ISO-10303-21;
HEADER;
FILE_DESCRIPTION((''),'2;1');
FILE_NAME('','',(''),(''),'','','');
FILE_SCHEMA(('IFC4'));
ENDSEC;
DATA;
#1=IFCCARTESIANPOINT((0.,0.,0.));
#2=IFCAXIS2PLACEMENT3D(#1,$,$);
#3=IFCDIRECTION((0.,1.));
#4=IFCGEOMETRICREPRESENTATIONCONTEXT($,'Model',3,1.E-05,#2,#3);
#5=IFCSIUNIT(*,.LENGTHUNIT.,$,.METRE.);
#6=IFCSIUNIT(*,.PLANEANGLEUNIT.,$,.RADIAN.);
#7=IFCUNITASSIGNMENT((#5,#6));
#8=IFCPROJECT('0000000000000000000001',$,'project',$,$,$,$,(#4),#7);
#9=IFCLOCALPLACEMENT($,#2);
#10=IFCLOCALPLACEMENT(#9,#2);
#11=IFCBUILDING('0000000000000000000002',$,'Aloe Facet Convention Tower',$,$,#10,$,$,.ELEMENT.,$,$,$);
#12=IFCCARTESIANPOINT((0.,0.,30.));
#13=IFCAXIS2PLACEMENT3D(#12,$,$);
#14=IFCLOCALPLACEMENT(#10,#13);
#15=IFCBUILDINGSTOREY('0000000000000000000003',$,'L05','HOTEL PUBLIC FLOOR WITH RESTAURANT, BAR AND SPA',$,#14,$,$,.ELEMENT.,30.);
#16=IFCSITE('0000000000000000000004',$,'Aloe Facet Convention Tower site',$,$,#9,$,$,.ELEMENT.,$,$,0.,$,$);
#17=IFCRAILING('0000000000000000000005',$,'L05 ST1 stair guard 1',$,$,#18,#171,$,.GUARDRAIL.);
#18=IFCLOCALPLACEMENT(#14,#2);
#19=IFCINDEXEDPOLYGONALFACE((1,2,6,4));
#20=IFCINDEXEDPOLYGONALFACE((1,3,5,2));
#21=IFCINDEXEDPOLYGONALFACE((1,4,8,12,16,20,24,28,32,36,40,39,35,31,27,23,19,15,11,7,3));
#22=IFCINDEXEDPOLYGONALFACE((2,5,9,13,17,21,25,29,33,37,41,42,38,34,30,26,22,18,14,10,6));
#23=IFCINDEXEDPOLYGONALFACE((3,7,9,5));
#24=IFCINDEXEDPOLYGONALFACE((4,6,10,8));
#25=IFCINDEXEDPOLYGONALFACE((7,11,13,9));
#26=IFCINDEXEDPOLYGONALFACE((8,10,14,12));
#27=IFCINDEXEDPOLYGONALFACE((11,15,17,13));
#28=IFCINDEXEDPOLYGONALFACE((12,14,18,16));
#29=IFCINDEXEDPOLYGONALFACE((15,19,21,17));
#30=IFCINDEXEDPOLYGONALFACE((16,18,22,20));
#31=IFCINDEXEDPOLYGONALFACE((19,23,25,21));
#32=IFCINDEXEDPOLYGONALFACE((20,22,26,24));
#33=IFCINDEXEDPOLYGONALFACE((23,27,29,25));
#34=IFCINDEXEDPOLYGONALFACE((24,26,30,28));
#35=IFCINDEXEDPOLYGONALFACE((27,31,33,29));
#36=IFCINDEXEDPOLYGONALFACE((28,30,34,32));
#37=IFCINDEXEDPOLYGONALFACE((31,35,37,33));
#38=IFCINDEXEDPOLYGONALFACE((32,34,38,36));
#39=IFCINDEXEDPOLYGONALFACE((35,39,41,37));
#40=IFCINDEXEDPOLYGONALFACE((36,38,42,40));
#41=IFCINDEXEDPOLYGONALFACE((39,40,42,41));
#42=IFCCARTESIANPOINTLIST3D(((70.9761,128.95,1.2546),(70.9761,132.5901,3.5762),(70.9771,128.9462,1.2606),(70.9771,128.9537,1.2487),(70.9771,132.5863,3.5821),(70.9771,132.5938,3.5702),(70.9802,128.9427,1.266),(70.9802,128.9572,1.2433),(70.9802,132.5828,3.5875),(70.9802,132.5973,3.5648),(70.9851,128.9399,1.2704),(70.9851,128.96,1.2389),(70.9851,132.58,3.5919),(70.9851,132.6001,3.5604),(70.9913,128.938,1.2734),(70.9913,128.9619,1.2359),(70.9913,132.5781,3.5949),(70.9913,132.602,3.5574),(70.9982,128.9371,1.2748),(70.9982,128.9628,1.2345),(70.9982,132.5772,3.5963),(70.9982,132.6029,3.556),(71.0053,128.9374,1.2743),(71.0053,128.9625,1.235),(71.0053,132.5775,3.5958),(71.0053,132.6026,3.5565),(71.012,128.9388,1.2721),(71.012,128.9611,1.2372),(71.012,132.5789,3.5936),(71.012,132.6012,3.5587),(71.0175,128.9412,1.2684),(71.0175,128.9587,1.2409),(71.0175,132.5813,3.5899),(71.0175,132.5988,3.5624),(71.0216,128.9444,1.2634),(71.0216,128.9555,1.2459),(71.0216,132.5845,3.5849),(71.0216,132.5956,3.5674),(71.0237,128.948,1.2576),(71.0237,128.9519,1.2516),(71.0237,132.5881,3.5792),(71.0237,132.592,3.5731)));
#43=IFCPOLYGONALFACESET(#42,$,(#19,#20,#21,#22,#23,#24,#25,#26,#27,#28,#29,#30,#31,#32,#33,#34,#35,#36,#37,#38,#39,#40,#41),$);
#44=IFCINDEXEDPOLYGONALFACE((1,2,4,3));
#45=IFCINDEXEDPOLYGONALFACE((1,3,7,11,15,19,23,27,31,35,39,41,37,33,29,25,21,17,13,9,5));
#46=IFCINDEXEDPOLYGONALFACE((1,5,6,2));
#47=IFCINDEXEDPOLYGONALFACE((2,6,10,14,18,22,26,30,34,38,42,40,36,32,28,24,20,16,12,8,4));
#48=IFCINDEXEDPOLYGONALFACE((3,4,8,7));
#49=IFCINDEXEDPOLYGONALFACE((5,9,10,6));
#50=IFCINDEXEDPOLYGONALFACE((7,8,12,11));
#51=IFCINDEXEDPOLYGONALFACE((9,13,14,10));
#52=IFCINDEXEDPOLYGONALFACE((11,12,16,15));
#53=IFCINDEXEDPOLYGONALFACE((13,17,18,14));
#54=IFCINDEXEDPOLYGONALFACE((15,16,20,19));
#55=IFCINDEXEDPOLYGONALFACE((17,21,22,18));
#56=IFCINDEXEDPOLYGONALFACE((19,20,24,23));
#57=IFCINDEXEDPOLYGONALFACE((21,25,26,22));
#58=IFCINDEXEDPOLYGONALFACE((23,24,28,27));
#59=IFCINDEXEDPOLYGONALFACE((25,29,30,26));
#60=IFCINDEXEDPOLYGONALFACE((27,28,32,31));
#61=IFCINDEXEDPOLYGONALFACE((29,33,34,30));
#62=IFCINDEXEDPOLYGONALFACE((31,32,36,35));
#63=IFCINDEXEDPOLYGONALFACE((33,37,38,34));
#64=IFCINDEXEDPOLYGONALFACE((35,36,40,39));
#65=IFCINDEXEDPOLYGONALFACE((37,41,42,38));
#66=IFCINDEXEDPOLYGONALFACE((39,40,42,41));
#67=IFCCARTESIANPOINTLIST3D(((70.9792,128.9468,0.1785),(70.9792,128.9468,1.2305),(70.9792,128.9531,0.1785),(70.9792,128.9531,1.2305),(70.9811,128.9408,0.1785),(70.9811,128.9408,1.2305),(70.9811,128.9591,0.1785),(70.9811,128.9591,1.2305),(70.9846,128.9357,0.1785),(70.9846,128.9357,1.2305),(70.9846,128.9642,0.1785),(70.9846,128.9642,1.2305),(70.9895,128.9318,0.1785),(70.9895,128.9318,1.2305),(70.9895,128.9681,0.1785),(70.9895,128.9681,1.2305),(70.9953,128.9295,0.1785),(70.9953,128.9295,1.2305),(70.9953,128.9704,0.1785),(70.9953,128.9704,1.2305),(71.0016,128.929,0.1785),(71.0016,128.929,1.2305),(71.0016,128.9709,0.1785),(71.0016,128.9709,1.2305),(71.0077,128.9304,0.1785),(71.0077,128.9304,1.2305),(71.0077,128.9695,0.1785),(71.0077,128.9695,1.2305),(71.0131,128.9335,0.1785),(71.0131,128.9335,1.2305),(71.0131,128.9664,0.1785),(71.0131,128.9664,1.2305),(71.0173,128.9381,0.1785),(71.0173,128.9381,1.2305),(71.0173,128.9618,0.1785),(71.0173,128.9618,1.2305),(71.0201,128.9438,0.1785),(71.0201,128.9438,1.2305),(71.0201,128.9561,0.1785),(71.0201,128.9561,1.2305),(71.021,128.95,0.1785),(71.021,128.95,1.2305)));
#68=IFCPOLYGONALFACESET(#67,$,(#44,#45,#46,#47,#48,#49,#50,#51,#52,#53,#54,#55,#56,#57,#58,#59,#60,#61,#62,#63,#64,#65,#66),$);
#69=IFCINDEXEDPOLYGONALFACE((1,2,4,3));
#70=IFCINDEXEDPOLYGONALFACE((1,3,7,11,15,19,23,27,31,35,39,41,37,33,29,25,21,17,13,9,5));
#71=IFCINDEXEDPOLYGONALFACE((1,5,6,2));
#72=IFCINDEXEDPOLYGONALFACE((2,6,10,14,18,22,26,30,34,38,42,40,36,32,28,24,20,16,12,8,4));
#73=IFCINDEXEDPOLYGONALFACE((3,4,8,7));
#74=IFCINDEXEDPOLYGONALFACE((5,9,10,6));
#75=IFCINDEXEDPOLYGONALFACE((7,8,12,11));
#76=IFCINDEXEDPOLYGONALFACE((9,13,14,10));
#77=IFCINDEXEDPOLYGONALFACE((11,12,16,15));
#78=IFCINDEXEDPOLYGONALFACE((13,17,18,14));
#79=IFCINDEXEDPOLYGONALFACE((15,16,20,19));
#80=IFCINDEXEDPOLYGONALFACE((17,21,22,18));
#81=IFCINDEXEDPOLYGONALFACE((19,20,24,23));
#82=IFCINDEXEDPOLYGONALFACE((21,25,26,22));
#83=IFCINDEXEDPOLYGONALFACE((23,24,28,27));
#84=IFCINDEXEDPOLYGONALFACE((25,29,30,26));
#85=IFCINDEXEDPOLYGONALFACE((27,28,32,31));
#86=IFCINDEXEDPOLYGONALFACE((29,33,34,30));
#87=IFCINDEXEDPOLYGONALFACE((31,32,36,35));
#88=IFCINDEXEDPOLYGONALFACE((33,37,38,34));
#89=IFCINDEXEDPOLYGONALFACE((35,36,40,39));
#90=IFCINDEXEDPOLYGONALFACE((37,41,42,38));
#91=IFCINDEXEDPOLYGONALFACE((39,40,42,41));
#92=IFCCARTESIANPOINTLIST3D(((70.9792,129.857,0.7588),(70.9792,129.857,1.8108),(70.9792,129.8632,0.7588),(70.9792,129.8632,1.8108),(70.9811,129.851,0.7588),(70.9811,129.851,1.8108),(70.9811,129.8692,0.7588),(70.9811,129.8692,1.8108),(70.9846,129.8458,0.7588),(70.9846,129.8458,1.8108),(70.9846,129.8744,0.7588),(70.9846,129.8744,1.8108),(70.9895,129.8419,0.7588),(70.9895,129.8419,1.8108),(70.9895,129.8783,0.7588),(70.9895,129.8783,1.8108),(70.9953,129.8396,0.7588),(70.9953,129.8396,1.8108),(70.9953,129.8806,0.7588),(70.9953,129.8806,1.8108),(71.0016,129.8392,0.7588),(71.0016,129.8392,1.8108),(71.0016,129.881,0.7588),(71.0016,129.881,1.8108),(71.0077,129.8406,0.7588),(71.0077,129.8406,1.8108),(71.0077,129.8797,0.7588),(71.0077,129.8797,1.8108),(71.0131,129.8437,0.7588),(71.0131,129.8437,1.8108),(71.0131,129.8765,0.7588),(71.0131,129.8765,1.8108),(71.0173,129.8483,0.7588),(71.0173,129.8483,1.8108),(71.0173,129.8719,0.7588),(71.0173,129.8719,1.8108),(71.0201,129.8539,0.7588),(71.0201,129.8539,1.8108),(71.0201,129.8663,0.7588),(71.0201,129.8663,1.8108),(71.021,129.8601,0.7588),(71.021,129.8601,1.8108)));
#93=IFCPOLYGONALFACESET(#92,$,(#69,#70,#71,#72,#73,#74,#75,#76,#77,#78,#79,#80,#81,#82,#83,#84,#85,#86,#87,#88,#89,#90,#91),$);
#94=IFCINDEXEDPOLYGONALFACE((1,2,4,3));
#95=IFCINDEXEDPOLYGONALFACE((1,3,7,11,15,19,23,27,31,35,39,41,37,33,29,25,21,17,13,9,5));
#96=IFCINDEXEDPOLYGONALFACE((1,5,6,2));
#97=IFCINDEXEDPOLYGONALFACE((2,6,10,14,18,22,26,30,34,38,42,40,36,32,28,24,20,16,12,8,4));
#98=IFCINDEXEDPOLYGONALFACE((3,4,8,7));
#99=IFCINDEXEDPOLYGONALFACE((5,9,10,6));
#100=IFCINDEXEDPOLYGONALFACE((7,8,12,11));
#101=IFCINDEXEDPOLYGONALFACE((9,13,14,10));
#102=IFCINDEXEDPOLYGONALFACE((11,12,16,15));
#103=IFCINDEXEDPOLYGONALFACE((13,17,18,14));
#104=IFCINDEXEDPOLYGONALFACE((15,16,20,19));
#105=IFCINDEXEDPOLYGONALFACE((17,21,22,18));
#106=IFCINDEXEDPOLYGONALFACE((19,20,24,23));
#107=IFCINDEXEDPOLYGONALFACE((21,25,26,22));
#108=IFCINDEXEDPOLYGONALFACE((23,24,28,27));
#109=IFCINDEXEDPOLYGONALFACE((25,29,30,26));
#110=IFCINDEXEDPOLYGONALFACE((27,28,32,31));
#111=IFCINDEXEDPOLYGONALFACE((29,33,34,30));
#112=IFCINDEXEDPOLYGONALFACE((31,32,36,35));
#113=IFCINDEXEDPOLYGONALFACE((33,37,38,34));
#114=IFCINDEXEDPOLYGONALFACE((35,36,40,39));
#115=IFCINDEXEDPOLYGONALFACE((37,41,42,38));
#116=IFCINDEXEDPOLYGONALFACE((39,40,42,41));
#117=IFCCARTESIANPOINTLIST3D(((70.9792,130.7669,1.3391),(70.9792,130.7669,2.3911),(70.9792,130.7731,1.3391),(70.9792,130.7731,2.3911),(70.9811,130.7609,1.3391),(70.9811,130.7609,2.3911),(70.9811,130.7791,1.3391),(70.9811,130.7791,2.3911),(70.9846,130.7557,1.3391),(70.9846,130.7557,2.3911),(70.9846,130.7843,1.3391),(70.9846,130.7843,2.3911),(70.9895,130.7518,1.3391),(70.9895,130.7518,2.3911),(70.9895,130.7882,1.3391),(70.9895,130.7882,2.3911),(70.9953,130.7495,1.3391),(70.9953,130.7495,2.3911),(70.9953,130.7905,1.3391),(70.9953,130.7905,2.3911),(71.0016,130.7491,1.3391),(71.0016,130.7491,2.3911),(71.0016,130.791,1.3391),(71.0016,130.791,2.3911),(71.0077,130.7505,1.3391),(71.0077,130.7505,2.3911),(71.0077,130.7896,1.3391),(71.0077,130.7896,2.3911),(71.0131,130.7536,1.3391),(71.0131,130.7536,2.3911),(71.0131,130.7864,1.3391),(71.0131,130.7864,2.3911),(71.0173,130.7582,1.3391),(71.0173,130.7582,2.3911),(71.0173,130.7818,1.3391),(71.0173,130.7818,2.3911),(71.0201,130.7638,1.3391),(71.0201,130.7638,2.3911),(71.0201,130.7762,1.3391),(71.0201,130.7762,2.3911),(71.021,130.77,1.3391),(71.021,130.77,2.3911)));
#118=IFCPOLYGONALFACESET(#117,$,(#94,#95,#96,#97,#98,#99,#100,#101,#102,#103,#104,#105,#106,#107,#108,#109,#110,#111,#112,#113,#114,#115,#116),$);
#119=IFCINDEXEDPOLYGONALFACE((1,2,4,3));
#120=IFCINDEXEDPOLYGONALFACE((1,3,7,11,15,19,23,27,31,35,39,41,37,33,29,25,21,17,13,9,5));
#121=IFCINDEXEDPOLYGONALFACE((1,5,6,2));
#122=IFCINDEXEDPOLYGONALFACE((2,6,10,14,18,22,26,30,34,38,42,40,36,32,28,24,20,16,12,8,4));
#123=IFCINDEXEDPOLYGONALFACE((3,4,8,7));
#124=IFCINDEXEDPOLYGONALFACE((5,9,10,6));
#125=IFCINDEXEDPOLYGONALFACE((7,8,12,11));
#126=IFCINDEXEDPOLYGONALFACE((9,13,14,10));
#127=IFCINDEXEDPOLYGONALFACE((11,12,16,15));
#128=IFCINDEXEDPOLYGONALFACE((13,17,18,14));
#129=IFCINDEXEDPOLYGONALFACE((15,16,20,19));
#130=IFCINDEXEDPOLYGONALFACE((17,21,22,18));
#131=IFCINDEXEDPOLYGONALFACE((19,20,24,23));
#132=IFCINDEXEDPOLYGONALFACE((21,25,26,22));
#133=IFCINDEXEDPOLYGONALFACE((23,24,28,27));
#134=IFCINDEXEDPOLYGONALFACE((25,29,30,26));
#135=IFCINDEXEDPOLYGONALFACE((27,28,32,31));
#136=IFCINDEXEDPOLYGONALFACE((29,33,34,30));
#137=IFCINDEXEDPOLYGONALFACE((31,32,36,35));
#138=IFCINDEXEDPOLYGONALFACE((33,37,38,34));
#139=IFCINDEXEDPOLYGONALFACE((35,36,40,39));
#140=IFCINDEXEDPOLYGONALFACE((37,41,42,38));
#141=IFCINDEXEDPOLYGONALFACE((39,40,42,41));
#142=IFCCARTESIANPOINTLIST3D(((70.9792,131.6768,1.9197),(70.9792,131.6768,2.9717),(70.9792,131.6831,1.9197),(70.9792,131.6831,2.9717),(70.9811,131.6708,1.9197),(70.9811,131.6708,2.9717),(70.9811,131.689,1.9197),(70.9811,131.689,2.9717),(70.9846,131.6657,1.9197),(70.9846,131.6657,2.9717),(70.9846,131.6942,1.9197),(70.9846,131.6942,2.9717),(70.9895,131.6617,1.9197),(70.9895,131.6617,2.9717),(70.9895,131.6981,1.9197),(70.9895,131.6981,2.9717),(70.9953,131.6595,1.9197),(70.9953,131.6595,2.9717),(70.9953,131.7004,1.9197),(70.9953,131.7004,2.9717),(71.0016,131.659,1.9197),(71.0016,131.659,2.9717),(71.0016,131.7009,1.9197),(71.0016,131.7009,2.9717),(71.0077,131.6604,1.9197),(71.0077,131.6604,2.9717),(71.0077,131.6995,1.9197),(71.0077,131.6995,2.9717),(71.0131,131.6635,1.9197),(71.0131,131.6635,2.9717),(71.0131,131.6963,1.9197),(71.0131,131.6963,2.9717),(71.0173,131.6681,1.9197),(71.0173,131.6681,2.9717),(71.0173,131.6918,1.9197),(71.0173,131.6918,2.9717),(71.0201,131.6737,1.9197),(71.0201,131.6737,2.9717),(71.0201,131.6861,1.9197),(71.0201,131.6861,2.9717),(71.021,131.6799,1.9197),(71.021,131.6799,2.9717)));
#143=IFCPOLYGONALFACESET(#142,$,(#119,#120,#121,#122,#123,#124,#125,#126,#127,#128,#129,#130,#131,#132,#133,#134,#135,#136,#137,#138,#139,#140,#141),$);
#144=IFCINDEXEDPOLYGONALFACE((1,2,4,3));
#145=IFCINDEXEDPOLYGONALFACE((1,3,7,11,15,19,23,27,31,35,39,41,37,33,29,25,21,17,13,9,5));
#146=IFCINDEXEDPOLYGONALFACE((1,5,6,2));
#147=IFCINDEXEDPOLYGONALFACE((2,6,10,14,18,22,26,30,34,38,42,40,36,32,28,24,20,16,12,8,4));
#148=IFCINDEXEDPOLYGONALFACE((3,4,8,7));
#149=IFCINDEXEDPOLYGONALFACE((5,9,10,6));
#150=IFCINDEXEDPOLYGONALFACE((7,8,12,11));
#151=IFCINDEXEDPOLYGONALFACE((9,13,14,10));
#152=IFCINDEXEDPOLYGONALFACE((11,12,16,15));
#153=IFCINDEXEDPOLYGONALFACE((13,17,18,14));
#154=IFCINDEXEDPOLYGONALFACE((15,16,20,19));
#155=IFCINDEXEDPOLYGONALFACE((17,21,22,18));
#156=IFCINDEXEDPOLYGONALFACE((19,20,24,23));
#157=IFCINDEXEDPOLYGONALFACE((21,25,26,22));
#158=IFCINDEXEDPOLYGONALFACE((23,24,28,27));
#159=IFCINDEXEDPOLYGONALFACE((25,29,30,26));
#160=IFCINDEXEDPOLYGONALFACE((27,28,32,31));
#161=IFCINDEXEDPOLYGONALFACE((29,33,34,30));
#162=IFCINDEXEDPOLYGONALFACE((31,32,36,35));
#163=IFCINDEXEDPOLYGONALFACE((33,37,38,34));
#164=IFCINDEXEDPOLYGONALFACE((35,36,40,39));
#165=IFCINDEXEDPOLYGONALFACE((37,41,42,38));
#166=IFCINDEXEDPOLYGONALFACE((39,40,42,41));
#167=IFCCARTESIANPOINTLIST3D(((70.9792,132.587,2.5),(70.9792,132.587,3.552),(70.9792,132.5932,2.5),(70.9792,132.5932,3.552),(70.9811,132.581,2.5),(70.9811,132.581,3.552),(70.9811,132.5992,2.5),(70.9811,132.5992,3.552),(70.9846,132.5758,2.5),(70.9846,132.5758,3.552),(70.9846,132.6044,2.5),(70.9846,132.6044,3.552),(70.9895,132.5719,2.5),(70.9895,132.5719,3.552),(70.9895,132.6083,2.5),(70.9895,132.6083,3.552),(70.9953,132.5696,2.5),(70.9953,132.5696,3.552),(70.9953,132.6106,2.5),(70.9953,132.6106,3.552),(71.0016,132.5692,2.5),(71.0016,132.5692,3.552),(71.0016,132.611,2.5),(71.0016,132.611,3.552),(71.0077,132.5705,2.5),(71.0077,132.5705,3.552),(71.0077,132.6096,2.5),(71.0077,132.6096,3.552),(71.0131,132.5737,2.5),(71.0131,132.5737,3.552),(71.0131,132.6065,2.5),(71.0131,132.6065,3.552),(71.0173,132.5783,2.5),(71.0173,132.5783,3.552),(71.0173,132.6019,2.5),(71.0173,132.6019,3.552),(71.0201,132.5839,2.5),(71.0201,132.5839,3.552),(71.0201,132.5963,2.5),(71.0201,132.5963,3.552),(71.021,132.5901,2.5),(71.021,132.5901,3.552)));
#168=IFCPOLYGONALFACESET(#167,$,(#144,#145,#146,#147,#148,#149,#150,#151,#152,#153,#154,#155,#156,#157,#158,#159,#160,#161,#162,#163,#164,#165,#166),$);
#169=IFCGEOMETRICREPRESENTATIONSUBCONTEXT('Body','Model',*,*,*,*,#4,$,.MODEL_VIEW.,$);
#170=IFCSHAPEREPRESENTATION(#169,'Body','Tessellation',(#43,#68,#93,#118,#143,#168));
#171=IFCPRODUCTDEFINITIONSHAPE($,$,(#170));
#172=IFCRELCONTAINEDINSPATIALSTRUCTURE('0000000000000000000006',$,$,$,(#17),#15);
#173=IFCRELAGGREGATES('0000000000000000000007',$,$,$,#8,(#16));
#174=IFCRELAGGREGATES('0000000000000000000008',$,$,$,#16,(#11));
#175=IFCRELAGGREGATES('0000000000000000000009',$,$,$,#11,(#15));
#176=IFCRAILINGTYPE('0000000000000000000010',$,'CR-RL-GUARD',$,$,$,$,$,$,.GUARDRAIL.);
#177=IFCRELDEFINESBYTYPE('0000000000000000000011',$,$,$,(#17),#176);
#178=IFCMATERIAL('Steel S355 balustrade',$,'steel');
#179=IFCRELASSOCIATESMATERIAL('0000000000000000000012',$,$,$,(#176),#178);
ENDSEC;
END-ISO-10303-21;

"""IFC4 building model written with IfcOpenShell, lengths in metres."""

from ifc_helpers import new_model, si_unit, direction, frame, origin, origin_2d, place, context, subcontext, project, spatial, circle, extrude, material, type_object, element, save


model = new_model("IFC4")

# Units and contexts
model_context = context("Model", 3, precision=1e-05, world=origin(), true_north=direction((0.0, 1.0)))
body_context = subcontext(model_context, "Body", "Model", "MODEL_VIEW")
ifc_project = project(units=[si_unit("LENGTHUNIT", "METRE"), si_unit("PLANEANGLEUNIT", "RADIAN")], contexts=[model_context])

# Site, building, storey
site_placement = place(None, origin())
site = spatial("IfcSite", under=ifc_project, at=site_placement, Name="Aloe Facet Convention Tower site", CompositionType="ELEMENT", RefElevation=0.0)
building_placement = place(site_placement, origin())
building = spatial("IfcBuilding", under=site, at=building_placement, Name="Aloe Facet Convention Tower", CompositionType="ELEMENT")
storey_placement = place(building_placement, frame((0.0, 0.0, 30.0)))
storey = spatial("IfcBuildingStorey", under=building, at=storey_placement, Name="L05", Description="HOTEL PUBLIC FLOOR WITH RESTAURANT, BAR AND SPA", CompositionType="ELEMENT", Elevation=30.0)

# Railing
ifc_material_1 = material(Name="Steel S355 balustrade", Category="steel")
railing_type_1 = type_object("IfcRailingType", Name="CR-RL-GUARD", PredefinedType="GUARDRAIL", material=ifc_material_1)
railing_1_placement = place(storey_placement, frame((71.0, 128.95, 0.1785)))
element("IfcRailing", 1, at=railing_1_placement, inside=storey, type_object=railing_type_1, Name="L05 ST1 stair guard 1", PredefinedType="GUARDRAIL", context=body_context, shape_type="SweptSolid", body=[
    extrude(circle(Radius=0.0239, at=origin_2d()), frame((0.0, 0.0, 1.0762), z_axis=(0.0, 0.843128, 0.537713), x_axis=(-1.0, 0.0, 0.0)), (0.0, 0.0, 1.0), 4.3174),
    extrude(circle(Radius=0.021, at=origin_2d()), origin(), (0.0, 0.0, 1.0), 1.052),
    extrude(circle(Radius=0.021, at=origin_2d()), frame((0.0, 0.9102, 0.5803)), (0.0, 0.0, 1.0), 1.052),
    extrude(circle(Radius=0.021, at=origin_2d()), frame((0.0, 1.8201, 1.1606)), (0.0, 0.0, 1.0), 1.052),
    extrude(circle(Radius=0.021, at=origin_2d()), frame((0.0, 2.73, 1.7412)), (0.0, 0.0, 1.0), 1.052),
    extrude(circle(Radius=0.021, at=origin_2d()), frame((0.0, 3.6401, 2.3215)), (0.0, 0.0, 1.0), 1.052),
])

save(model, "model.ifc")
